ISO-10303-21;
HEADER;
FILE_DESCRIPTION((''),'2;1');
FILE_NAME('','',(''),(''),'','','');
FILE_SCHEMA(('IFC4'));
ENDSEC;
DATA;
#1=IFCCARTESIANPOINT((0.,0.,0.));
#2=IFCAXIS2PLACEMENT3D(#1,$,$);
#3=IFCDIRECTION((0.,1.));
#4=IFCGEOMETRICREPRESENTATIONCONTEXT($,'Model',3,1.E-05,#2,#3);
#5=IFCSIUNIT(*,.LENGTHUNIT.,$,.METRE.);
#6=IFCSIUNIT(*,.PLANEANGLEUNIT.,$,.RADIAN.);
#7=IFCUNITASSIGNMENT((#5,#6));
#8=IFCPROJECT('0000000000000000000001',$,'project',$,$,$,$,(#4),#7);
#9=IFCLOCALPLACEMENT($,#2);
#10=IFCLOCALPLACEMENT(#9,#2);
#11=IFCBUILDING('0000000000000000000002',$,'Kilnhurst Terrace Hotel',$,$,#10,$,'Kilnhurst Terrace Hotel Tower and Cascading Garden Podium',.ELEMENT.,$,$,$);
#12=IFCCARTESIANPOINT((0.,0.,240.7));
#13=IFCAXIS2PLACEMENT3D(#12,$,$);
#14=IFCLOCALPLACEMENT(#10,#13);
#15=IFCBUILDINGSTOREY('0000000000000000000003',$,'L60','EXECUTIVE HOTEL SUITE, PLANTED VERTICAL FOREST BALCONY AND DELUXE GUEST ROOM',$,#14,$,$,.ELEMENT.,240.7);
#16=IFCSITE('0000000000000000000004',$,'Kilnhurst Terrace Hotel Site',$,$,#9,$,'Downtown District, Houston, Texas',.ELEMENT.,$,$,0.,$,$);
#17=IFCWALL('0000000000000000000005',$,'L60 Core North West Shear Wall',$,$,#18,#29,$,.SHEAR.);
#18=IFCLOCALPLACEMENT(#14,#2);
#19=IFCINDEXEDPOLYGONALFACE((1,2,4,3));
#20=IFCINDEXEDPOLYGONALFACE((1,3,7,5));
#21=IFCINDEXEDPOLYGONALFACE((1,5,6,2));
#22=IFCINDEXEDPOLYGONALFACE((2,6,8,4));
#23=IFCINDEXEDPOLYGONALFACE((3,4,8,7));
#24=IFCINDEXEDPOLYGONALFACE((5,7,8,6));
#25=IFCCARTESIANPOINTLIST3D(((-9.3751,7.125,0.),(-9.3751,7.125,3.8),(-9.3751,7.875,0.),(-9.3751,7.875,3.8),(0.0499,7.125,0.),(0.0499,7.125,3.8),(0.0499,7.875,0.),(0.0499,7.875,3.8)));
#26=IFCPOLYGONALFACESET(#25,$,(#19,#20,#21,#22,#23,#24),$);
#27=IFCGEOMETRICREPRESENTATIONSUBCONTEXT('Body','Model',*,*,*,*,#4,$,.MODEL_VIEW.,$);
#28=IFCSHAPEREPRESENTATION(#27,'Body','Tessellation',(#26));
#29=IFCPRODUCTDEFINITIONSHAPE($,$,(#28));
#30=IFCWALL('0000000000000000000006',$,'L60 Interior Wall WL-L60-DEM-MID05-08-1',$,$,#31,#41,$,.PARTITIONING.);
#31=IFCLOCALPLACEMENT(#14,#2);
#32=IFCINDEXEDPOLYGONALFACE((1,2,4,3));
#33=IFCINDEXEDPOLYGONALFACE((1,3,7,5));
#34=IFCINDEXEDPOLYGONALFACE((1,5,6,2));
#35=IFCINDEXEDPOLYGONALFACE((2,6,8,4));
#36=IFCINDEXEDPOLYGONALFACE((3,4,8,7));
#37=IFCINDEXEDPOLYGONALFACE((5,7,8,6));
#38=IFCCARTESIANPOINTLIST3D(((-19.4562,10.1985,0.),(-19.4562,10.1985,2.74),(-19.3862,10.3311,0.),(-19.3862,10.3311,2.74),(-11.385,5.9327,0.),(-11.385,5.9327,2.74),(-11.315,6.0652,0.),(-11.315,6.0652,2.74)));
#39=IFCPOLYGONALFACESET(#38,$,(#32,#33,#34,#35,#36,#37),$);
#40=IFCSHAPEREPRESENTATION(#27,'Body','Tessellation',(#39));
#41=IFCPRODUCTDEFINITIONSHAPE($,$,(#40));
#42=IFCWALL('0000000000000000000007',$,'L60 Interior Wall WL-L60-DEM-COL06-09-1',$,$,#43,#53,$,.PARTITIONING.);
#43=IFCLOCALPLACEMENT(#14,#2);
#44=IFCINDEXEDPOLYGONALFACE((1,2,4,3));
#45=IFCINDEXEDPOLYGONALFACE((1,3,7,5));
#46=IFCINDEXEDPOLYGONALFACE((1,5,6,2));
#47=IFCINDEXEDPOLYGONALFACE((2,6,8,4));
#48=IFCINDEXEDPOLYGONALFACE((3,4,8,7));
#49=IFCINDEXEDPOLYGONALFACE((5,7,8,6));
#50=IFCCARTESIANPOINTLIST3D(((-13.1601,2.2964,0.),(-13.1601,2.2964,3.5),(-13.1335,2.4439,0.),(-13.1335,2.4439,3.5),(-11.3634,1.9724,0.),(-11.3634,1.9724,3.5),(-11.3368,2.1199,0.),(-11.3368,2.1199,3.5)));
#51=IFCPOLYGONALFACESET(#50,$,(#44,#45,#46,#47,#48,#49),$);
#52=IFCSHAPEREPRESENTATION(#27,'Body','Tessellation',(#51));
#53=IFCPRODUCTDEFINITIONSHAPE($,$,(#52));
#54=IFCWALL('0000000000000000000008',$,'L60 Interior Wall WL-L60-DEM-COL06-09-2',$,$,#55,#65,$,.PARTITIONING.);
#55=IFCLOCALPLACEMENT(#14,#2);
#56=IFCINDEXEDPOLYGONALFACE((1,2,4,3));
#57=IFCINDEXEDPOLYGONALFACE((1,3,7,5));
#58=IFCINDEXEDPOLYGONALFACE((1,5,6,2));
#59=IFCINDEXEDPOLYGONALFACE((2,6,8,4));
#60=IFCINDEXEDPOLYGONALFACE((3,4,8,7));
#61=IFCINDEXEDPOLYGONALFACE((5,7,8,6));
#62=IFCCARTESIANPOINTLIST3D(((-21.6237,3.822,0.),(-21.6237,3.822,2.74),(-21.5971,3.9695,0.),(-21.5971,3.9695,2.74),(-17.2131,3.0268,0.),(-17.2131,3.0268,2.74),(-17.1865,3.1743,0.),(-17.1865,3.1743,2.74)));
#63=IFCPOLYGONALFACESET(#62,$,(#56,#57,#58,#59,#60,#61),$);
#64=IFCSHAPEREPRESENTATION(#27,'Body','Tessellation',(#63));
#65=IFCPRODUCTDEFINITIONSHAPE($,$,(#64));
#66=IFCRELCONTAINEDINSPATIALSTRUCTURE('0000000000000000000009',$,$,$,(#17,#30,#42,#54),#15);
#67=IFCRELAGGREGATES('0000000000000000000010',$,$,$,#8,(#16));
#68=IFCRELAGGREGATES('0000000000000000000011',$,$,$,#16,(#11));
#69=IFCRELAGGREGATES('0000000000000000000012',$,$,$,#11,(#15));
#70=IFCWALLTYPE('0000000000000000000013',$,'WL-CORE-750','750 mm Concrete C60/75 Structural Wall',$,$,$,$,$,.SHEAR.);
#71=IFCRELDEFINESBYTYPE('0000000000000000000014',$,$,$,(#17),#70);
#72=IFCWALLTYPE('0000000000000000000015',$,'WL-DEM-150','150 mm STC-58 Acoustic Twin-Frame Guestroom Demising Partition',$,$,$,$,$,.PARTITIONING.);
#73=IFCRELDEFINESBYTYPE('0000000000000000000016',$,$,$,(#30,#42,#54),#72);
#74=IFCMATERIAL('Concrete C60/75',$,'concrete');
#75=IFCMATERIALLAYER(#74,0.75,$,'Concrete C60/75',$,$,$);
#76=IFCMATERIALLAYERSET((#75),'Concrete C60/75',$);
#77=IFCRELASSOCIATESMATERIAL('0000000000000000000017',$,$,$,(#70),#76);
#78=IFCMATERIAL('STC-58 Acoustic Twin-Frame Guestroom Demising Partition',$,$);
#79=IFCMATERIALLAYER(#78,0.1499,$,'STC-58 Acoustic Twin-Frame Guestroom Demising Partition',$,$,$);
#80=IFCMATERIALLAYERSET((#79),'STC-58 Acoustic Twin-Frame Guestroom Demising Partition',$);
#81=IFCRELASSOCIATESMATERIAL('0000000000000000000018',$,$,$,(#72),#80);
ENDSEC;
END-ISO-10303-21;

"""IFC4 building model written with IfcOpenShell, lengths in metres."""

from ifc_helpers import new_model, si_unit, direction, frame, frame_2d, origin, place, context, subcontext, project, spatial, rectangle, extrude, material, layer, layer_set, type_object, element, save


model = new_model("IFC4")

# Units and contexts
model_context = context("Model", 3, precision=1e-05, world=origin(), true_north=direction((0.0, 1.0)))
body_context = subcontext(model_context, "Body", "Model", "MODEL_VIEW")
ifc_project = project(units=[si_unit("LENGTHUNIT", "METRE"), si_unit("PLANEANGLEUNIT", "RADIAN")], contexts=[model_context])

# Site, building, storey
site_placement = place(None, origin())
site = spatial("IfcSite", under=ifc_project, at=site_placement, Name="Kilnhurst Terrace Hotel Site", LongName="Downtown District, Houston, Texas", CompositionType="ELEMENT", RefElevation=0.0)
building_placement = place(site_placement, origin())
building = spatial("IfcBuilding", under=site, at=building_placement, Name="Kilnhurst Terrace Hotel", LongName="Kilnhurst Terrace Hotel Tower and Cascading Garden Podium", CompositionType="ELEMENT")
storey_placement = place(building_placement, frame((0.0, 0.0, 240.7)))
storey = spatial("IfcBuildingStorey", under=building, at=storey_placement, Name="L60", Description="EXECUTIVE HOTEL SUITE, PLANTED VERTICAL FOREST BALCONY AND DELUXE GUEST ROOM", CompositionType="ELEMENT", Elevation=240.7)

# Shared definitions
ifc_material_1 = material(Name="Concrete C60/75", Category="concrete")

# Walls
ifc_layer_1 = layer(ifc_material_1, 0.75, Name="Concrete C60/75")
ifc_layer_set_1 = layer_set([ifc_layer_1], Name="Concrete C60/75")
wall_type_1 = type_object("IfcWallType", Name="WL-CORE-750", Description="750 mm Concrete C60/75 Structural Wall", PredefinedType="SHEAR", material=ifc_layer_set_1)
wall_1_placement = place(storey_placement, frame((-9.375, 7.5, 0.0), z_axis=(0.0, 0.0, 1.0), x_axis=(1.0, 0.0, 0.0)))
element("IfcWall", 1, at=wall_1_placement, inside=storey, type_object=wall_type_1, Name="L60 Core North West Shear Wall", PredefinedType="SHEAR", context=body_context, shape_type="SweptSolid", body=[
    extrude(rectangle(XDim=9.425, YDim=0.75, at=frame_2d((4.7124, 0.0))), origin(), (0.0, 0.0, 1.0), 3.8),
])
ifc_material_2 = material(Name="STC-58 Acoustic Twin-Frame Guestroom Demising Partition")
ifc_layer_2 = layer(ifc_material_2, 0.1499, Name="STC-58 Acoustic Twin-Frame Guestroom Demising Partition")
ifc_layer_set_2 = layer_set([ifc_layer_2], Name="STC-58 Acoustic Twin-Frame Guestroom Demising Partition")
wall_type_2 = type_object("IfcWallType", Name="WL-DEM-150", Description="150 mm STC-58 Acoustic Twin-Frame Guestroom Demising Partition", PredefinedType="PARTITIONING", material=ifc_layer_set_2)
wall_2_placement = place(storey_placement, frame((-11.3501, 5.999, 0.0), z_axis=(0.0, 0.0, 1.0), x_axis=(-0.884112, 0.467274, 0.0)))
element("IfcWall", 2, at=wall_2_placement, inside=storey, type_object=wall_type_2, Name="L60 Interior Wall WL-L60-DEM-MID05-08-1", PredefinedType="PARTITIONING", context=body_context, shape_type="SweptSolid", body=[
    extrude(rectangle(XDim=9.1292, YDim=0.1499, at=frame_2d((4.5645, 0.0))), origin(), (0.0, 0.0, 1.0), 2.74),
])
wall_3_placement = place(storey_placement, frame((-11.3501, 2.0461, 0.0), z_axis=(0.0, 0.0, 1.0), x_axis=(-0.984128, 0.177461, 0.0)))
element("IfcWall", 3, at=wall_3_placement, inside=storey, type_object=wall_type_2, Name="L60 Interior Wall WL-L60-DEM-COL06-09-1", PredefinedType="PARTITIONING", context=body_context, shape_type="SweptSolid", body=[
    extrude(rectangle(XDim=1.8257, YDim=0.1499, at=frame_2d((0.9128, 0.0))), origin(), (0.0, 0.0, 1.0), 3.5),
])
wall_4_placement = place(storey_placement, frame((-17.2, 3.1006, 0.0), z_axis=(0.0, 0.0, 1.0), x_axis=(-0.984135, 0.177423, 0.0)))
element("IfcWall", 4, at=wall_4_placement, inside=storey, type_object=wall_type_2, Name="L60 Interior Wall WL-L60-DEM-COL06-09-2", PredefinedType="PARTITIONING", context=body_context, shape_type="SweptSolid", body=[
    extrude(rectangle(XDim=4.4817, YDim=0.1499, at=frame_2d((2.2407, 0.0))), origin(), (0.0, 0.0, 1.0), 2.74),
])

save(model, "model.ifc")
